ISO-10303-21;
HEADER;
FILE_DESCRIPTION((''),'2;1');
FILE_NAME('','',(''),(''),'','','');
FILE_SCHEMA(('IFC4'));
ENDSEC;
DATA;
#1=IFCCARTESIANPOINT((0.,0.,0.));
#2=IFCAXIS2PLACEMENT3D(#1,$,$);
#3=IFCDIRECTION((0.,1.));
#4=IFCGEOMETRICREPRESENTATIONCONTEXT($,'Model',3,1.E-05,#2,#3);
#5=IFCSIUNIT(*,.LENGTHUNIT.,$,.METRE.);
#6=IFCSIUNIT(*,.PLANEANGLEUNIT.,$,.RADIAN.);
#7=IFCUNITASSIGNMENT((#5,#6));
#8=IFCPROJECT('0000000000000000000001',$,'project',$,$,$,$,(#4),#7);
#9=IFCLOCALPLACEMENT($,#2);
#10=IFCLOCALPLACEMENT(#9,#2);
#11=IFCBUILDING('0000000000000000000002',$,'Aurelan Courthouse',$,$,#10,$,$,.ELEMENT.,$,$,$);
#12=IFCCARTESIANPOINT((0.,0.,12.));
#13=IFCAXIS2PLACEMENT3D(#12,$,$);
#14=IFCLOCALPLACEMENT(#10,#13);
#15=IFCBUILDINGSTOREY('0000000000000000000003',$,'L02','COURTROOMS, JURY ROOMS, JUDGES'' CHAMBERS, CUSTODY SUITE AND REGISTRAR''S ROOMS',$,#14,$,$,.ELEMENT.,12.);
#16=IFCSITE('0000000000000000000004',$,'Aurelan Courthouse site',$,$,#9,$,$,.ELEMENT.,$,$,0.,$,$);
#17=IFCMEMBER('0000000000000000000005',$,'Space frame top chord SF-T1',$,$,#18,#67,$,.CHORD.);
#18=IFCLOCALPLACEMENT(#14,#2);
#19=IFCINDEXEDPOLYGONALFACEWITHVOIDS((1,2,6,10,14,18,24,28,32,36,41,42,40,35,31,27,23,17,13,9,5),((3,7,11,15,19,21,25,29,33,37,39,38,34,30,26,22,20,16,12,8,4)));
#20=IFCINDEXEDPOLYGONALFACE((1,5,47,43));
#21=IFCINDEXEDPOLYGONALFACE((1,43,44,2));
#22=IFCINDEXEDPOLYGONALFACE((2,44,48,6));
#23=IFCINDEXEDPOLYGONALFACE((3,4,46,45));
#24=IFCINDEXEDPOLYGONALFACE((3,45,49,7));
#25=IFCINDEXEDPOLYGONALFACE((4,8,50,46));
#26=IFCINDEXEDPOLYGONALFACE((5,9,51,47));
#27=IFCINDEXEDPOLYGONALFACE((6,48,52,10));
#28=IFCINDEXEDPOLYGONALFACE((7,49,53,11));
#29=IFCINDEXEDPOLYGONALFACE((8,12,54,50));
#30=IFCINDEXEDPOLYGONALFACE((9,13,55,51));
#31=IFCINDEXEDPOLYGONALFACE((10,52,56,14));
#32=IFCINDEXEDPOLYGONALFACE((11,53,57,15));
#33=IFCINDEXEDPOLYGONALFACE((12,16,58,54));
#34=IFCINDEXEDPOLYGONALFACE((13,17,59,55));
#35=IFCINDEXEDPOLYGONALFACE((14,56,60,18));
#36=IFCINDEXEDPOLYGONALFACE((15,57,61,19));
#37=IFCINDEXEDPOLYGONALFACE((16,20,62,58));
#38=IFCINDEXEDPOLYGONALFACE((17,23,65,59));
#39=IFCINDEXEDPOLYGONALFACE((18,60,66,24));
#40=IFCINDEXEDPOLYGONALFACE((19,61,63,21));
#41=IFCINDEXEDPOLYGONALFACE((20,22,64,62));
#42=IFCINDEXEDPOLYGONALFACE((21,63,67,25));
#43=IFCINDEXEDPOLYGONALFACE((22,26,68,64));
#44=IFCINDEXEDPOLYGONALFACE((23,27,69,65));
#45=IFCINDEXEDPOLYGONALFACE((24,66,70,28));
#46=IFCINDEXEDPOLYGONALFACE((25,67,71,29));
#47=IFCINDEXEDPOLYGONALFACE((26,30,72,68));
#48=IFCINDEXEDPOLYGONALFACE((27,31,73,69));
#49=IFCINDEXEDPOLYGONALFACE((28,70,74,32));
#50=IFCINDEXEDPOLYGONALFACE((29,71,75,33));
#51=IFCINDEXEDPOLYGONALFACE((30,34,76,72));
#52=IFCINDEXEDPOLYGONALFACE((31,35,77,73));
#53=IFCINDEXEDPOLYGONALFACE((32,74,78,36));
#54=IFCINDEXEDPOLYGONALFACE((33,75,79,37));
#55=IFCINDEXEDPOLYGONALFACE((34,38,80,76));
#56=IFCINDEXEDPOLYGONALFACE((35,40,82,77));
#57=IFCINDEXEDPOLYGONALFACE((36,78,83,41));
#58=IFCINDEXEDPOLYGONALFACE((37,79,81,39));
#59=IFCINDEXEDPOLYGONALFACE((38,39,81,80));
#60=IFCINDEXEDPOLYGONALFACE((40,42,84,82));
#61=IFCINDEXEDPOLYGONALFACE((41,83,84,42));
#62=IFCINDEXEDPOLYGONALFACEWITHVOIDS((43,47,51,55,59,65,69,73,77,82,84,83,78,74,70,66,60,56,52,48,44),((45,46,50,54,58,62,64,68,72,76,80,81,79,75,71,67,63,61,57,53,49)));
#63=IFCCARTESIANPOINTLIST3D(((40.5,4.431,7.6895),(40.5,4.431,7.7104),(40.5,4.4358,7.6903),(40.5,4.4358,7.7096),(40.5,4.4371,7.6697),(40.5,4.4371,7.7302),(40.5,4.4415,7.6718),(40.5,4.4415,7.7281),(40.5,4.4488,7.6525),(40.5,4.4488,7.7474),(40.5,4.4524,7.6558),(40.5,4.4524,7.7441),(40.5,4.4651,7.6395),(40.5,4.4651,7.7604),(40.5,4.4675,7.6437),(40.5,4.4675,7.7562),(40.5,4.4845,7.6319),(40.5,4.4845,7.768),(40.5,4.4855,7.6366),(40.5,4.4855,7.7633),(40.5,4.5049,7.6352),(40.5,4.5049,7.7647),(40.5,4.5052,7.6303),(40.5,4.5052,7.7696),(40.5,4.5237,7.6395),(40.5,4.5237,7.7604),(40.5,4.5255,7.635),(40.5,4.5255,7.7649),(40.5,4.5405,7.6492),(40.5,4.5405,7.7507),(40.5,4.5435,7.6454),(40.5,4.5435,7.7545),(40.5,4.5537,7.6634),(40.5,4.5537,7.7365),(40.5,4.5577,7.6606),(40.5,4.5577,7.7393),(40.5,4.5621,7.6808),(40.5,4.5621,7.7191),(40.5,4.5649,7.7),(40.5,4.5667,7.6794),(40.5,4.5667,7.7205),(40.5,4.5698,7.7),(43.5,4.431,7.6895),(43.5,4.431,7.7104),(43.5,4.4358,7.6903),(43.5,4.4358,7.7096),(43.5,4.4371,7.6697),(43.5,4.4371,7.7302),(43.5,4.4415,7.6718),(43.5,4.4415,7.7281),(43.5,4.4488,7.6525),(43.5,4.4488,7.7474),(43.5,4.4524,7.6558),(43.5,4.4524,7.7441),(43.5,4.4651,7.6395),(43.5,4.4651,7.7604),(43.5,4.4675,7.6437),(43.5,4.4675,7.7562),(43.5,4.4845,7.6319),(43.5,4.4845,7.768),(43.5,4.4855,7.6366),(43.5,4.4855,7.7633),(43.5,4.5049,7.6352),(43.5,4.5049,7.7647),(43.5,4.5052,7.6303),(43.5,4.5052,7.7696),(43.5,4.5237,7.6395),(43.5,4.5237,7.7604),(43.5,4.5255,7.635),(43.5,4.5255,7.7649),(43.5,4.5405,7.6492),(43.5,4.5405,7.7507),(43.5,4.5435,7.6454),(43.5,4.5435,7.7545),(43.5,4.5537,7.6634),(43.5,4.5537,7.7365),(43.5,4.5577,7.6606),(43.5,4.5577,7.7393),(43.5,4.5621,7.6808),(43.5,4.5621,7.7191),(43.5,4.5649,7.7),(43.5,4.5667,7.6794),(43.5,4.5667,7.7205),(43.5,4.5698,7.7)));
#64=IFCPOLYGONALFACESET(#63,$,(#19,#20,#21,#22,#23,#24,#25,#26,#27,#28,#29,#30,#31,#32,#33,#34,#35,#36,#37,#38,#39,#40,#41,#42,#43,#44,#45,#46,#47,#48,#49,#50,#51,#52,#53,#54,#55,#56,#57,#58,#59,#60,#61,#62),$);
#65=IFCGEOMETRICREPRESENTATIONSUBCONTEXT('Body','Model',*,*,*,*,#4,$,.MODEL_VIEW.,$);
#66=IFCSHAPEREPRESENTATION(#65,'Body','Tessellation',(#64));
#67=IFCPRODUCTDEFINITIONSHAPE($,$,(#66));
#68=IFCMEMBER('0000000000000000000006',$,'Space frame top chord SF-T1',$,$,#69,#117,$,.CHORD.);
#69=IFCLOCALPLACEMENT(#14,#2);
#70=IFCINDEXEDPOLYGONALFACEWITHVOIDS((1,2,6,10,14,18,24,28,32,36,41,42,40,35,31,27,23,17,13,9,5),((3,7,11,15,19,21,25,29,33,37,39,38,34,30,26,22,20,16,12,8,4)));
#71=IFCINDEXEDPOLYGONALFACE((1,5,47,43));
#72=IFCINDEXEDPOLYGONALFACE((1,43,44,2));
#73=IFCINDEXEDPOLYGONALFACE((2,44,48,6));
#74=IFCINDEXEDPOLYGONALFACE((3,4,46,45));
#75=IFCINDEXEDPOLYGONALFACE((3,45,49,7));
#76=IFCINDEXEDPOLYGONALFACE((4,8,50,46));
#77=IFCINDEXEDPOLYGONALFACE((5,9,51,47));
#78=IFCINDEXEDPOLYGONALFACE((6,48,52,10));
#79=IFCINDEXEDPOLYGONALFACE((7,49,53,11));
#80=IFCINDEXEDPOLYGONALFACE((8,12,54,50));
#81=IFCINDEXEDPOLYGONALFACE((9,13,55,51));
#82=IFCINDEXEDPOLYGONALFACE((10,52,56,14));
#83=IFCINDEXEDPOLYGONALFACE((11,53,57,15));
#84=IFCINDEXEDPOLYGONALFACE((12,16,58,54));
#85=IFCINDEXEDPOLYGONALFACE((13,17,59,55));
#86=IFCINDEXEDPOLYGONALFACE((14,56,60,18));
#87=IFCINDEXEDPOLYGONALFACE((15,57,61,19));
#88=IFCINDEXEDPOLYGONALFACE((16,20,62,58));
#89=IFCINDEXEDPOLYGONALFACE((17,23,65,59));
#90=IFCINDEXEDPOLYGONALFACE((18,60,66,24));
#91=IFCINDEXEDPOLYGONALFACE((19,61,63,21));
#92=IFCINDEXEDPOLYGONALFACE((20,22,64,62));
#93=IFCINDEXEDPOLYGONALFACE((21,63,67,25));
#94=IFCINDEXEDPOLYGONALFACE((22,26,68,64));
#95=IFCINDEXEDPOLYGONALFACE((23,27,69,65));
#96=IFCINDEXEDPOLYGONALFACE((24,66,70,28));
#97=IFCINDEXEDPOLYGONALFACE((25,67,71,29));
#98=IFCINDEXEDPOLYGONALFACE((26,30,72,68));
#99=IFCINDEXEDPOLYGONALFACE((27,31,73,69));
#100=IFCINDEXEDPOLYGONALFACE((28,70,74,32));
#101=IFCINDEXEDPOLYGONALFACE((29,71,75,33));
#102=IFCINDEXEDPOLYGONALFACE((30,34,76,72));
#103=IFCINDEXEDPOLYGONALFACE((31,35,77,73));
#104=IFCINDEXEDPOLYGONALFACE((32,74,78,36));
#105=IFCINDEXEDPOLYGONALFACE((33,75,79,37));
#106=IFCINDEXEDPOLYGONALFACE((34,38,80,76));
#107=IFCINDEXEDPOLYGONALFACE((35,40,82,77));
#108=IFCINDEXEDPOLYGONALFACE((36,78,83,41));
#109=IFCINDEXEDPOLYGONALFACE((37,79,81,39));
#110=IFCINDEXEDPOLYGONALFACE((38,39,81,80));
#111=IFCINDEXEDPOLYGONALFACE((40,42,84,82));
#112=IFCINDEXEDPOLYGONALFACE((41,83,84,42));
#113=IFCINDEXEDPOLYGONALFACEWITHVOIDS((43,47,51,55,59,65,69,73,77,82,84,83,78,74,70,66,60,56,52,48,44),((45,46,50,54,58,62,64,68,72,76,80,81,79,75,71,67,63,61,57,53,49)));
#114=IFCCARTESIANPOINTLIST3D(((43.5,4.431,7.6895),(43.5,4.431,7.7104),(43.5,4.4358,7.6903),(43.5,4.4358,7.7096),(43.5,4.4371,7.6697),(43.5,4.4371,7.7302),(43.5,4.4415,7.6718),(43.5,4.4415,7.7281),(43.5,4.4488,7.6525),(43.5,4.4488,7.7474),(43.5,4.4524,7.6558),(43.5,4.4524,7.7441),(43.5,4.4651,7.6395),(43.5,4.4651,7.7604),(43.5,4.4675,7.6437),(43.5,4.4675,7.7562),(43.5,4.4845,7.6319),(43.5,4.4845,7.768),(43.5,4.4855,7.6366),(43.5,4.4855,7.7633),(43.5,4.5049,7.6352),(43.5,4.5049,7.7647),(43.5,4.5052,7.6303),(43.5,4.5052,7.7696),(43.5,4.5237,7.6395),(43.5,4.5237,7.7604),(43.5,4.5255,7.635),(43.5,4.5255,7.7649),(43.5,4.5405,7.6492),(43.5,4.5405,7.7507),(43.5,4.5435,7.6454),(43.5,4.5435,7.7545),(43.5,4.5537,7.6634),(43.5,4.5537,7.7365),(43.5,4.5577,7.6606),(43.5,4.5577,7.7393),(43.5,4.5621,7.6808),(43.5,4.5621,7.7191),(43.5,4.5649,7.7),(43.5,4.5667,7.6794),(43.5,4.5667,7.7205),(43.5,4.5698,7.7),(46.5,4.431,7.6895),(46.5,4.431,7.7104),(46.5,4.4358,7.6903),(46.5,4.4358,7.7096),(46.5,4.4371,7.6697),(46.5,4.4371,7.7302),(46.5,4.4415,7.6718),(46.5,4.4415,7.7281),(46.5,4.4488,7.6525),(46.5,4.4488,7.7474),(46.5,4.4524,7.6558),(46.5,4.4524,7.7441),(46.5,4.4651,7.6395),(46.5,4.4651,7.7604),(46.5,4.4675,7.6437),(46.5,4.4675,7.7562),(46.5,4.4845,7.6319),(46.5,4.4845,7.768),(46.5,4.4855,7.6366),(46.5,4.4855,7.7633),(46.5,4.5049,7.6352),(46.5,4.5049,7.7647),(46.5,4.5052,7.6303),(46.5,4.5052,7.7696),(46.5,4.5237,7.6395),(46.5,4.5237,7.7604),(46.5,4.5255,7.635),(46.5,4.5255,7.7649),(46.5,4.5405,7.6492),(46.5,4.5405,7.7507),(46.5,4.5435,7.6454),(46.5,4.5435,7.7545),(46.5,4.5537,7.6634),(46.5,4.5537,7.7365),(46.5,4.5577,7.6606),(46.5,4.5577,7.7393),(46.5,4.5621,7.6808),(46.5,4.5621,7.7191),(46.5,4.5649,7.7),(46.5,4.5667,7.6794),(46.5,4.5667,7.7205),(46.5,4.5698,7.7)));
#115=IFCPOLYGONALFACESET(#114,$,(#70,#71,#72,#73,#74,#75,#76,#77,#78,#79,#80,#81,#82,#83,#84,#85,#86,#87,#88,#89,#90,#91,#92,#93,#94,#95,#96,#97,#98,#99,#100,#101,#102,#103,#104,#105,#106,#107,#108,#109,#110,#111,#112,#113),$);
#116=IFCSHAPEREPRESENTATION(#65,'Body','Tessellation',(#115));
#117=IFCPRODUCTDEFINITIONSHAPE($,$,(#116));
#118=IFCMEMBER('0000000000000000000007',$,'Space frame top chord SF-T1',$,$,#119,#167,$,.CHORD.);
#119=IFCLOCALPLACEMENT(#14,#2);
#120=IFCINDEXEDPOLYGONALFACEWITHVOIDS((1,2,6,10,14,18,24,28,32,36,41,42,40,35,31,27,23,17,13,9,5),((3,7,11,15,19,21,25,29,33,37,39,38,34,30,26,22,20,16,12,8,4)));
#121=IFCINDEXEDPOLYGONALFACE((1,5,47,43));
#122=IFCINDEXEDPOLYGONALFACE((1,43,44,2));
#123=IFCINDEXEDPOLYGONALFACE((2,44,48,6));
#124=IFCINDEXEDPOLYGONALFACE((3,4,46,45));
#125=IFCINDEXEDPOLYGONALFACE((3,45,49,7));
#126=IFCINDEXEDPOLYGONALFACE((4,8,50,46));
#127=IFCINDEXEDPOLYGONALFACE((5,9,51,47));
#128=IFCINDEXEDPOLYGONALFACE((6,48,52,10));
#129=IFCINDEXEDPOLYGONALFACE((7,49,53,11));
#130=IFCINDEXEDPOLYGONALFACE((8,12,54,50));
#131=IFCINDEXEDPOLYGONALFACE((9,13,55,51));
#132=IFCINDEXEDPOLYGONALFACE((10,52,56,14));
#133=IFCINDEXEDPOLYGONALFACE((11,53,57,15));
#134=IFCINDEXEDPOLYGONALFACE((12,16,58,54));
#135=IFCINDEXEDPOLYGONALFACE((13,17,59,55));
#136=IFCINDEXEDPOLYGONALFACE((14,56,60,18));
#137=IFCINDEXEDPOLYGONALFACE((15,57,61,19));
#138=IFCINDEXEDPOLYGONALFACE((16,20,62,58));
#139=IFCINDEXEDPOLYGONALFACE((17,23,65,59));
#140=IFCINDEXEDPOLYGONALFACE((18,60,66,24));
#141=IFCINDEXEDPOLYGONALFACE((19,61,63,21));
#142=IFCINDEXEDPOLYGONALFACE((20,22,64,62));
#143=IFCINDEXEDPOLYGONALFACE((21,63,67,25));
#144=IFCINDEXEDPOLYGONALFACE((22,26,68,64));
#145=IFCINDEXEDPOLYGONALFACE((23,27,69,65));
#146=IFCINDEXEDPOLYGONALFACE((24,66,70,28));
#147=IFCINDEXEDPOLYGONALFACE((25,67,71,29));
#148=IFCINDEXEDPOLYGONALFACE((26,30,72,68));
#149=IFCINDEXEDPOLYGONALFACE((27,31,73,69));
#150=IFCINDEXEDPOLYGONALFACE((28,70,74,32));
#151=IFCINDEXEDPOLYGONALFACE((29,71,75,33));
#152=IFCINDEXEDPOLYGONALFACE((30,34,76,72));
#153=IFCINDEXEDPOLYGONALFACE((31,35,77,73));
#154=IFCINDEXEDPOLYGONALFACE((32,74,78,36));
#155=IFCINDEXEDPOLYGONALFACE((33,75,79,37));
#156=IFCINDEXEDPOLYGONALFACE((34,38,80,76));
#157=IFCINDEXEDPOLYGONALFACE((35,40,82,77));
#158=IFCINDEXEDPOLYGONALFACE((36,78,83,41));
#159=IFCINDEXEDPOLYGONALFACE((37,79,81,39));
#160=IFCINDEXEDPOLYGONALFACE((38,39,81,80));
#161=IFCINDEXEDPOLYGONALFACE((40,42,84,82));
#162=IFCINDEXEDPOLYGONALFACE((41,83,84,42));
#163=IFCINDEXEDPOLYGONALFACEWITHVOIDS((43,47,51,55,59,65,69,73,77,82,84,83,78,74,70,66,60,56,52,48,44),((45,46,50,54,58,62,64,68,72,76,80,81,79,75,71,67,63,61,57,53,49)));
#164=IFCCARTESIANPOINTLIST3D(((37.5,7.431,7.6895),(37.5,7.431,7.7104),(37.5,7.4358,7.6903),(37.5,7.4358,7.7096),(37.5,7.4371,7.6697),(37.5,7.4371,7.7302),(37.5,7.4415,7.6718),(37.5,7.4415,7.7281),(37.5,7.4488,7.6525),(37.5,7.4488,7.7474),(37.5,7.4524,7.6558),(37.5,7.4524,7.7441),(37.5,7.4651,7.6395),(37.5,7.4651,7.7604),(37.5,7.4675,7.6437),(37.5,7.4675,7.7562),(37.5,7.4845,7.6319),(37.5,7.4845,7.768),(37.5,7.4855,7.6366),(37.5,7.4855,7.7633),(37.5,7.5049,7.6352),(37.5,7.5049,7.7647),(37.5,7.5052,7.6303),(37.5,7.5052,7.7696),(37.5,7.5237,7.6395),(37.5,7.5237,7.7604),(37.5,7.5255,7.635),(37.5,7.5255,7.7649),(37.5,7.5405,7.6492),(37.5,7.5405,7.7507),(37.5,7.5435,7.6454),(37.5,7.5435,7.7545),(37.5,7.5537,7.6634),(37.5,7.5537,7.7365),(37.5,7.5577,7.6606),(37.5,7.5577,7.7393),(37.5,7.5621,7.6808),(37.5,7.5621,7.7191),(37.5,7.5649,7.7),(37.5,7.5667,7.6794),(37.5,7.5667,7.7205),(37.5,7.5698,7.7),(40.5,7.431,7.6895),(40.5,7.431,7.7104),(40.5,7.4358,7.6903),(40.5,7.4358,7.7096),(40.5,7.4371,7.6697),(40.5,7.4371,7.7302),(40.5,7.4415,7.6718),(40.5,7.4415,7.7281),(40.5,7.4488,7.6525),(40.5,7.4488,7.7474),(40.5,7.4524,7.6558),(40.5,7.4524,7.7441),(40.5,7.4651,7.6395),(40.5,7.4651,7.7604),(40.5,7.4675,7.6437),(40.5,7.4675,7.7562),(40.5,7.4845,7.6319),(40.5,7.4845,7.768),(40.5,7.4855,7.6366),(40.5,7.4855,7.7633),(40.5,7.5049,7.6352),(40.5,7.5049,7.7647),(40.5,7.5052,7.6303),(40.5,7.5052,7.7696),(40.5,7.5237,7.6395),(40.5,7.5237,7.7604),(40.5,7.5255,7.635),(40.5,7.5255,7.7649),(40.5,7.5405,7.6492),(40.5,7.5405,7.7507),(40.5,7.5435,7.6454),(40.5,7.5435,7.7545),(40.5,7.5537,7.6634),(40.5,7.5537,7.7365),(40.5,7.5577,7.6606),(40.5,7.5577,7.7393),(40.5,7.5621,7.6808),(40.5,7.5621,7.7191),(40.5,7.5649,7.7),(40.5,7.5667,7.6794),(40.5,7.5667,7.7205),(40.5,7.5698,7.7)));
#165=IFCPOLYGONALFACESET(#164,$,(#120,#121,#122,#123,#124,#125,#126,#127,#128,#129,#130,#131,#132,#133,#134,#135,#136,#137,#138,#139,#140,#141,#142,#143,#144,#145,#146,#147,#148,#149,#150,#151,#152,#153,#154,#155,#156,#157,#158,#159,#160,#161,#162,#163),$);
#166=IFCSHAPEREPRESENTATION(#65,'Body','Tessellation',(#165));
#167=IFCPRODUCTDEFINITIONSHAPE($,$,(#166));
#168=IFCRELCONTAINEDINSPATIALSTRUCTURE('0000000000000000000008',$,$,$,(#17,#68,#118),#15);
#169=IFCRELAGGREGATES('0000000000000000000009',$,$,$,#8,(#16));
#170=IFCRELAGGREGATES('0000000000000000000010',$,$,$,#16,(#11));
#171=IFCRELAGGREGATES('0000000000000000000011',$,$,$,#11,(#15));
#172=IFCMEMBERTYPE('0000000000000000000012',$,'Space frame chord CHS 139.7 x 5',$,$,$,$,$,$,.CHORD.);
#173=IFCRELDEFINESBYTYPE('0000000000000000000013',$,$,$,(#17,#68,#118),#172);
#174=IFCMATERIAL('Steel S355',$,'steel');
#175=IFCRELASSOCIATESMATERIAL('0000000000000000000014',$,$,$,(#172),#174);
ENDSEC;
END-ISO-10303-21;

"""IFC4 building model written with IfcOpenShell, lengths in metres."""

from ifc_helpers import new_model, si_unit, direction, frame, origin, origin_2d, place, context, subcontext, project, spatial, hollow_circle, extrude, material, material_profile, profile_set, type_object, element, save


model = new_model("IFC4")

# Units and contexts
model_context = context("Model", 3, precision=1e-05, world=origin(), true_north=direction((0.0, 1.0)))
body_context = subcontext(model_context, "Body", "Model", "MODEL_VIEW")
ifc_project = project(units=[si_unit("LENGTHUNIT", "METRE"), si_unit("PLANEANGLEUNIT", "RADIAN")], contexts=[model_context])

# Site, building, storey
site_placement = place(None, origin())
site = spatial("IfcSite", under=ifc_project, at=site_placement, Name="Aurelan Courthouse site", CompositionType="ELEMENT", RefElevation=0.0)
building_placement = place(site_placement, origin())
building = spatial("IfcBuilding", under=site, at=building_placement, Name="Aurelan Courthouse", CompositionType="ELEMENT")
storey_placement = place(building_placement, frame((0.0, 0.0, 12.0)))
storey = spatial("IfcBuildingStorey", under=building, at=storey_placement, Name="L02", Description="COURTROOMS, JURY ROOMS, JUDGES' CHAMBERS, CUSTODY SUITE AND REGISTRAR'S ROOMS", CompositionType="ELEMENT", Elevation=12.0)

# Members
ifc_material_1 = material(Name="Steel S355", Category="steel")
ifc_material_profile_1 = material_profile(ifc_material_1, hollow_circle(Radius=0.0698, WallThickness=0.0049, at=origin_2d()), Name="CHS 139.7 x 5")
ifc_profile_set_1 = profile_set([ifc_material_profile_1], Name="Steel S355")
member_type_1 = type_object("IfcMemberType", Name="Space frame chord CHS 139.7 x 5", PredefinedType="CHORD", material=ifc_profile_set_1)
for number, where, z_axis, x_axis, name in (
    (1, (40.5, 4.5, 7.7), (1.0, 0.0, 0.0), (0.0, 1.0, 0.0), "Space frame top chord SF-T1"),
    (2, (43.5, 4.5, 7.7), (1.0, 0.0, 0.0), (0.0, 1.0, 0.0), "Space frame top chord SF-T1"),
    (3, (37.5, 7.5, 7.7), (1.0, 0.0, 0.0), (0.0, 1.0, 0.0), "Space frame top chord SF-T1"),
):
    element("IfcMember", number, at=place(storey_placement, frame(where, z_axis=z_axis, x_axis=x_axis)), inside=storey, type_object=member_type_1, Name=name, PredefinedType="CHORD", context=body_context, shape_type="SweptSolid", body=[
        extrude(hollow_circle(Radius=0.0698, WallThickness=0.0049, at=origin_2d()), origin(), (0.0, 0.0, 1.0), 3.0),
    ])

save(model, "model.ifc")
